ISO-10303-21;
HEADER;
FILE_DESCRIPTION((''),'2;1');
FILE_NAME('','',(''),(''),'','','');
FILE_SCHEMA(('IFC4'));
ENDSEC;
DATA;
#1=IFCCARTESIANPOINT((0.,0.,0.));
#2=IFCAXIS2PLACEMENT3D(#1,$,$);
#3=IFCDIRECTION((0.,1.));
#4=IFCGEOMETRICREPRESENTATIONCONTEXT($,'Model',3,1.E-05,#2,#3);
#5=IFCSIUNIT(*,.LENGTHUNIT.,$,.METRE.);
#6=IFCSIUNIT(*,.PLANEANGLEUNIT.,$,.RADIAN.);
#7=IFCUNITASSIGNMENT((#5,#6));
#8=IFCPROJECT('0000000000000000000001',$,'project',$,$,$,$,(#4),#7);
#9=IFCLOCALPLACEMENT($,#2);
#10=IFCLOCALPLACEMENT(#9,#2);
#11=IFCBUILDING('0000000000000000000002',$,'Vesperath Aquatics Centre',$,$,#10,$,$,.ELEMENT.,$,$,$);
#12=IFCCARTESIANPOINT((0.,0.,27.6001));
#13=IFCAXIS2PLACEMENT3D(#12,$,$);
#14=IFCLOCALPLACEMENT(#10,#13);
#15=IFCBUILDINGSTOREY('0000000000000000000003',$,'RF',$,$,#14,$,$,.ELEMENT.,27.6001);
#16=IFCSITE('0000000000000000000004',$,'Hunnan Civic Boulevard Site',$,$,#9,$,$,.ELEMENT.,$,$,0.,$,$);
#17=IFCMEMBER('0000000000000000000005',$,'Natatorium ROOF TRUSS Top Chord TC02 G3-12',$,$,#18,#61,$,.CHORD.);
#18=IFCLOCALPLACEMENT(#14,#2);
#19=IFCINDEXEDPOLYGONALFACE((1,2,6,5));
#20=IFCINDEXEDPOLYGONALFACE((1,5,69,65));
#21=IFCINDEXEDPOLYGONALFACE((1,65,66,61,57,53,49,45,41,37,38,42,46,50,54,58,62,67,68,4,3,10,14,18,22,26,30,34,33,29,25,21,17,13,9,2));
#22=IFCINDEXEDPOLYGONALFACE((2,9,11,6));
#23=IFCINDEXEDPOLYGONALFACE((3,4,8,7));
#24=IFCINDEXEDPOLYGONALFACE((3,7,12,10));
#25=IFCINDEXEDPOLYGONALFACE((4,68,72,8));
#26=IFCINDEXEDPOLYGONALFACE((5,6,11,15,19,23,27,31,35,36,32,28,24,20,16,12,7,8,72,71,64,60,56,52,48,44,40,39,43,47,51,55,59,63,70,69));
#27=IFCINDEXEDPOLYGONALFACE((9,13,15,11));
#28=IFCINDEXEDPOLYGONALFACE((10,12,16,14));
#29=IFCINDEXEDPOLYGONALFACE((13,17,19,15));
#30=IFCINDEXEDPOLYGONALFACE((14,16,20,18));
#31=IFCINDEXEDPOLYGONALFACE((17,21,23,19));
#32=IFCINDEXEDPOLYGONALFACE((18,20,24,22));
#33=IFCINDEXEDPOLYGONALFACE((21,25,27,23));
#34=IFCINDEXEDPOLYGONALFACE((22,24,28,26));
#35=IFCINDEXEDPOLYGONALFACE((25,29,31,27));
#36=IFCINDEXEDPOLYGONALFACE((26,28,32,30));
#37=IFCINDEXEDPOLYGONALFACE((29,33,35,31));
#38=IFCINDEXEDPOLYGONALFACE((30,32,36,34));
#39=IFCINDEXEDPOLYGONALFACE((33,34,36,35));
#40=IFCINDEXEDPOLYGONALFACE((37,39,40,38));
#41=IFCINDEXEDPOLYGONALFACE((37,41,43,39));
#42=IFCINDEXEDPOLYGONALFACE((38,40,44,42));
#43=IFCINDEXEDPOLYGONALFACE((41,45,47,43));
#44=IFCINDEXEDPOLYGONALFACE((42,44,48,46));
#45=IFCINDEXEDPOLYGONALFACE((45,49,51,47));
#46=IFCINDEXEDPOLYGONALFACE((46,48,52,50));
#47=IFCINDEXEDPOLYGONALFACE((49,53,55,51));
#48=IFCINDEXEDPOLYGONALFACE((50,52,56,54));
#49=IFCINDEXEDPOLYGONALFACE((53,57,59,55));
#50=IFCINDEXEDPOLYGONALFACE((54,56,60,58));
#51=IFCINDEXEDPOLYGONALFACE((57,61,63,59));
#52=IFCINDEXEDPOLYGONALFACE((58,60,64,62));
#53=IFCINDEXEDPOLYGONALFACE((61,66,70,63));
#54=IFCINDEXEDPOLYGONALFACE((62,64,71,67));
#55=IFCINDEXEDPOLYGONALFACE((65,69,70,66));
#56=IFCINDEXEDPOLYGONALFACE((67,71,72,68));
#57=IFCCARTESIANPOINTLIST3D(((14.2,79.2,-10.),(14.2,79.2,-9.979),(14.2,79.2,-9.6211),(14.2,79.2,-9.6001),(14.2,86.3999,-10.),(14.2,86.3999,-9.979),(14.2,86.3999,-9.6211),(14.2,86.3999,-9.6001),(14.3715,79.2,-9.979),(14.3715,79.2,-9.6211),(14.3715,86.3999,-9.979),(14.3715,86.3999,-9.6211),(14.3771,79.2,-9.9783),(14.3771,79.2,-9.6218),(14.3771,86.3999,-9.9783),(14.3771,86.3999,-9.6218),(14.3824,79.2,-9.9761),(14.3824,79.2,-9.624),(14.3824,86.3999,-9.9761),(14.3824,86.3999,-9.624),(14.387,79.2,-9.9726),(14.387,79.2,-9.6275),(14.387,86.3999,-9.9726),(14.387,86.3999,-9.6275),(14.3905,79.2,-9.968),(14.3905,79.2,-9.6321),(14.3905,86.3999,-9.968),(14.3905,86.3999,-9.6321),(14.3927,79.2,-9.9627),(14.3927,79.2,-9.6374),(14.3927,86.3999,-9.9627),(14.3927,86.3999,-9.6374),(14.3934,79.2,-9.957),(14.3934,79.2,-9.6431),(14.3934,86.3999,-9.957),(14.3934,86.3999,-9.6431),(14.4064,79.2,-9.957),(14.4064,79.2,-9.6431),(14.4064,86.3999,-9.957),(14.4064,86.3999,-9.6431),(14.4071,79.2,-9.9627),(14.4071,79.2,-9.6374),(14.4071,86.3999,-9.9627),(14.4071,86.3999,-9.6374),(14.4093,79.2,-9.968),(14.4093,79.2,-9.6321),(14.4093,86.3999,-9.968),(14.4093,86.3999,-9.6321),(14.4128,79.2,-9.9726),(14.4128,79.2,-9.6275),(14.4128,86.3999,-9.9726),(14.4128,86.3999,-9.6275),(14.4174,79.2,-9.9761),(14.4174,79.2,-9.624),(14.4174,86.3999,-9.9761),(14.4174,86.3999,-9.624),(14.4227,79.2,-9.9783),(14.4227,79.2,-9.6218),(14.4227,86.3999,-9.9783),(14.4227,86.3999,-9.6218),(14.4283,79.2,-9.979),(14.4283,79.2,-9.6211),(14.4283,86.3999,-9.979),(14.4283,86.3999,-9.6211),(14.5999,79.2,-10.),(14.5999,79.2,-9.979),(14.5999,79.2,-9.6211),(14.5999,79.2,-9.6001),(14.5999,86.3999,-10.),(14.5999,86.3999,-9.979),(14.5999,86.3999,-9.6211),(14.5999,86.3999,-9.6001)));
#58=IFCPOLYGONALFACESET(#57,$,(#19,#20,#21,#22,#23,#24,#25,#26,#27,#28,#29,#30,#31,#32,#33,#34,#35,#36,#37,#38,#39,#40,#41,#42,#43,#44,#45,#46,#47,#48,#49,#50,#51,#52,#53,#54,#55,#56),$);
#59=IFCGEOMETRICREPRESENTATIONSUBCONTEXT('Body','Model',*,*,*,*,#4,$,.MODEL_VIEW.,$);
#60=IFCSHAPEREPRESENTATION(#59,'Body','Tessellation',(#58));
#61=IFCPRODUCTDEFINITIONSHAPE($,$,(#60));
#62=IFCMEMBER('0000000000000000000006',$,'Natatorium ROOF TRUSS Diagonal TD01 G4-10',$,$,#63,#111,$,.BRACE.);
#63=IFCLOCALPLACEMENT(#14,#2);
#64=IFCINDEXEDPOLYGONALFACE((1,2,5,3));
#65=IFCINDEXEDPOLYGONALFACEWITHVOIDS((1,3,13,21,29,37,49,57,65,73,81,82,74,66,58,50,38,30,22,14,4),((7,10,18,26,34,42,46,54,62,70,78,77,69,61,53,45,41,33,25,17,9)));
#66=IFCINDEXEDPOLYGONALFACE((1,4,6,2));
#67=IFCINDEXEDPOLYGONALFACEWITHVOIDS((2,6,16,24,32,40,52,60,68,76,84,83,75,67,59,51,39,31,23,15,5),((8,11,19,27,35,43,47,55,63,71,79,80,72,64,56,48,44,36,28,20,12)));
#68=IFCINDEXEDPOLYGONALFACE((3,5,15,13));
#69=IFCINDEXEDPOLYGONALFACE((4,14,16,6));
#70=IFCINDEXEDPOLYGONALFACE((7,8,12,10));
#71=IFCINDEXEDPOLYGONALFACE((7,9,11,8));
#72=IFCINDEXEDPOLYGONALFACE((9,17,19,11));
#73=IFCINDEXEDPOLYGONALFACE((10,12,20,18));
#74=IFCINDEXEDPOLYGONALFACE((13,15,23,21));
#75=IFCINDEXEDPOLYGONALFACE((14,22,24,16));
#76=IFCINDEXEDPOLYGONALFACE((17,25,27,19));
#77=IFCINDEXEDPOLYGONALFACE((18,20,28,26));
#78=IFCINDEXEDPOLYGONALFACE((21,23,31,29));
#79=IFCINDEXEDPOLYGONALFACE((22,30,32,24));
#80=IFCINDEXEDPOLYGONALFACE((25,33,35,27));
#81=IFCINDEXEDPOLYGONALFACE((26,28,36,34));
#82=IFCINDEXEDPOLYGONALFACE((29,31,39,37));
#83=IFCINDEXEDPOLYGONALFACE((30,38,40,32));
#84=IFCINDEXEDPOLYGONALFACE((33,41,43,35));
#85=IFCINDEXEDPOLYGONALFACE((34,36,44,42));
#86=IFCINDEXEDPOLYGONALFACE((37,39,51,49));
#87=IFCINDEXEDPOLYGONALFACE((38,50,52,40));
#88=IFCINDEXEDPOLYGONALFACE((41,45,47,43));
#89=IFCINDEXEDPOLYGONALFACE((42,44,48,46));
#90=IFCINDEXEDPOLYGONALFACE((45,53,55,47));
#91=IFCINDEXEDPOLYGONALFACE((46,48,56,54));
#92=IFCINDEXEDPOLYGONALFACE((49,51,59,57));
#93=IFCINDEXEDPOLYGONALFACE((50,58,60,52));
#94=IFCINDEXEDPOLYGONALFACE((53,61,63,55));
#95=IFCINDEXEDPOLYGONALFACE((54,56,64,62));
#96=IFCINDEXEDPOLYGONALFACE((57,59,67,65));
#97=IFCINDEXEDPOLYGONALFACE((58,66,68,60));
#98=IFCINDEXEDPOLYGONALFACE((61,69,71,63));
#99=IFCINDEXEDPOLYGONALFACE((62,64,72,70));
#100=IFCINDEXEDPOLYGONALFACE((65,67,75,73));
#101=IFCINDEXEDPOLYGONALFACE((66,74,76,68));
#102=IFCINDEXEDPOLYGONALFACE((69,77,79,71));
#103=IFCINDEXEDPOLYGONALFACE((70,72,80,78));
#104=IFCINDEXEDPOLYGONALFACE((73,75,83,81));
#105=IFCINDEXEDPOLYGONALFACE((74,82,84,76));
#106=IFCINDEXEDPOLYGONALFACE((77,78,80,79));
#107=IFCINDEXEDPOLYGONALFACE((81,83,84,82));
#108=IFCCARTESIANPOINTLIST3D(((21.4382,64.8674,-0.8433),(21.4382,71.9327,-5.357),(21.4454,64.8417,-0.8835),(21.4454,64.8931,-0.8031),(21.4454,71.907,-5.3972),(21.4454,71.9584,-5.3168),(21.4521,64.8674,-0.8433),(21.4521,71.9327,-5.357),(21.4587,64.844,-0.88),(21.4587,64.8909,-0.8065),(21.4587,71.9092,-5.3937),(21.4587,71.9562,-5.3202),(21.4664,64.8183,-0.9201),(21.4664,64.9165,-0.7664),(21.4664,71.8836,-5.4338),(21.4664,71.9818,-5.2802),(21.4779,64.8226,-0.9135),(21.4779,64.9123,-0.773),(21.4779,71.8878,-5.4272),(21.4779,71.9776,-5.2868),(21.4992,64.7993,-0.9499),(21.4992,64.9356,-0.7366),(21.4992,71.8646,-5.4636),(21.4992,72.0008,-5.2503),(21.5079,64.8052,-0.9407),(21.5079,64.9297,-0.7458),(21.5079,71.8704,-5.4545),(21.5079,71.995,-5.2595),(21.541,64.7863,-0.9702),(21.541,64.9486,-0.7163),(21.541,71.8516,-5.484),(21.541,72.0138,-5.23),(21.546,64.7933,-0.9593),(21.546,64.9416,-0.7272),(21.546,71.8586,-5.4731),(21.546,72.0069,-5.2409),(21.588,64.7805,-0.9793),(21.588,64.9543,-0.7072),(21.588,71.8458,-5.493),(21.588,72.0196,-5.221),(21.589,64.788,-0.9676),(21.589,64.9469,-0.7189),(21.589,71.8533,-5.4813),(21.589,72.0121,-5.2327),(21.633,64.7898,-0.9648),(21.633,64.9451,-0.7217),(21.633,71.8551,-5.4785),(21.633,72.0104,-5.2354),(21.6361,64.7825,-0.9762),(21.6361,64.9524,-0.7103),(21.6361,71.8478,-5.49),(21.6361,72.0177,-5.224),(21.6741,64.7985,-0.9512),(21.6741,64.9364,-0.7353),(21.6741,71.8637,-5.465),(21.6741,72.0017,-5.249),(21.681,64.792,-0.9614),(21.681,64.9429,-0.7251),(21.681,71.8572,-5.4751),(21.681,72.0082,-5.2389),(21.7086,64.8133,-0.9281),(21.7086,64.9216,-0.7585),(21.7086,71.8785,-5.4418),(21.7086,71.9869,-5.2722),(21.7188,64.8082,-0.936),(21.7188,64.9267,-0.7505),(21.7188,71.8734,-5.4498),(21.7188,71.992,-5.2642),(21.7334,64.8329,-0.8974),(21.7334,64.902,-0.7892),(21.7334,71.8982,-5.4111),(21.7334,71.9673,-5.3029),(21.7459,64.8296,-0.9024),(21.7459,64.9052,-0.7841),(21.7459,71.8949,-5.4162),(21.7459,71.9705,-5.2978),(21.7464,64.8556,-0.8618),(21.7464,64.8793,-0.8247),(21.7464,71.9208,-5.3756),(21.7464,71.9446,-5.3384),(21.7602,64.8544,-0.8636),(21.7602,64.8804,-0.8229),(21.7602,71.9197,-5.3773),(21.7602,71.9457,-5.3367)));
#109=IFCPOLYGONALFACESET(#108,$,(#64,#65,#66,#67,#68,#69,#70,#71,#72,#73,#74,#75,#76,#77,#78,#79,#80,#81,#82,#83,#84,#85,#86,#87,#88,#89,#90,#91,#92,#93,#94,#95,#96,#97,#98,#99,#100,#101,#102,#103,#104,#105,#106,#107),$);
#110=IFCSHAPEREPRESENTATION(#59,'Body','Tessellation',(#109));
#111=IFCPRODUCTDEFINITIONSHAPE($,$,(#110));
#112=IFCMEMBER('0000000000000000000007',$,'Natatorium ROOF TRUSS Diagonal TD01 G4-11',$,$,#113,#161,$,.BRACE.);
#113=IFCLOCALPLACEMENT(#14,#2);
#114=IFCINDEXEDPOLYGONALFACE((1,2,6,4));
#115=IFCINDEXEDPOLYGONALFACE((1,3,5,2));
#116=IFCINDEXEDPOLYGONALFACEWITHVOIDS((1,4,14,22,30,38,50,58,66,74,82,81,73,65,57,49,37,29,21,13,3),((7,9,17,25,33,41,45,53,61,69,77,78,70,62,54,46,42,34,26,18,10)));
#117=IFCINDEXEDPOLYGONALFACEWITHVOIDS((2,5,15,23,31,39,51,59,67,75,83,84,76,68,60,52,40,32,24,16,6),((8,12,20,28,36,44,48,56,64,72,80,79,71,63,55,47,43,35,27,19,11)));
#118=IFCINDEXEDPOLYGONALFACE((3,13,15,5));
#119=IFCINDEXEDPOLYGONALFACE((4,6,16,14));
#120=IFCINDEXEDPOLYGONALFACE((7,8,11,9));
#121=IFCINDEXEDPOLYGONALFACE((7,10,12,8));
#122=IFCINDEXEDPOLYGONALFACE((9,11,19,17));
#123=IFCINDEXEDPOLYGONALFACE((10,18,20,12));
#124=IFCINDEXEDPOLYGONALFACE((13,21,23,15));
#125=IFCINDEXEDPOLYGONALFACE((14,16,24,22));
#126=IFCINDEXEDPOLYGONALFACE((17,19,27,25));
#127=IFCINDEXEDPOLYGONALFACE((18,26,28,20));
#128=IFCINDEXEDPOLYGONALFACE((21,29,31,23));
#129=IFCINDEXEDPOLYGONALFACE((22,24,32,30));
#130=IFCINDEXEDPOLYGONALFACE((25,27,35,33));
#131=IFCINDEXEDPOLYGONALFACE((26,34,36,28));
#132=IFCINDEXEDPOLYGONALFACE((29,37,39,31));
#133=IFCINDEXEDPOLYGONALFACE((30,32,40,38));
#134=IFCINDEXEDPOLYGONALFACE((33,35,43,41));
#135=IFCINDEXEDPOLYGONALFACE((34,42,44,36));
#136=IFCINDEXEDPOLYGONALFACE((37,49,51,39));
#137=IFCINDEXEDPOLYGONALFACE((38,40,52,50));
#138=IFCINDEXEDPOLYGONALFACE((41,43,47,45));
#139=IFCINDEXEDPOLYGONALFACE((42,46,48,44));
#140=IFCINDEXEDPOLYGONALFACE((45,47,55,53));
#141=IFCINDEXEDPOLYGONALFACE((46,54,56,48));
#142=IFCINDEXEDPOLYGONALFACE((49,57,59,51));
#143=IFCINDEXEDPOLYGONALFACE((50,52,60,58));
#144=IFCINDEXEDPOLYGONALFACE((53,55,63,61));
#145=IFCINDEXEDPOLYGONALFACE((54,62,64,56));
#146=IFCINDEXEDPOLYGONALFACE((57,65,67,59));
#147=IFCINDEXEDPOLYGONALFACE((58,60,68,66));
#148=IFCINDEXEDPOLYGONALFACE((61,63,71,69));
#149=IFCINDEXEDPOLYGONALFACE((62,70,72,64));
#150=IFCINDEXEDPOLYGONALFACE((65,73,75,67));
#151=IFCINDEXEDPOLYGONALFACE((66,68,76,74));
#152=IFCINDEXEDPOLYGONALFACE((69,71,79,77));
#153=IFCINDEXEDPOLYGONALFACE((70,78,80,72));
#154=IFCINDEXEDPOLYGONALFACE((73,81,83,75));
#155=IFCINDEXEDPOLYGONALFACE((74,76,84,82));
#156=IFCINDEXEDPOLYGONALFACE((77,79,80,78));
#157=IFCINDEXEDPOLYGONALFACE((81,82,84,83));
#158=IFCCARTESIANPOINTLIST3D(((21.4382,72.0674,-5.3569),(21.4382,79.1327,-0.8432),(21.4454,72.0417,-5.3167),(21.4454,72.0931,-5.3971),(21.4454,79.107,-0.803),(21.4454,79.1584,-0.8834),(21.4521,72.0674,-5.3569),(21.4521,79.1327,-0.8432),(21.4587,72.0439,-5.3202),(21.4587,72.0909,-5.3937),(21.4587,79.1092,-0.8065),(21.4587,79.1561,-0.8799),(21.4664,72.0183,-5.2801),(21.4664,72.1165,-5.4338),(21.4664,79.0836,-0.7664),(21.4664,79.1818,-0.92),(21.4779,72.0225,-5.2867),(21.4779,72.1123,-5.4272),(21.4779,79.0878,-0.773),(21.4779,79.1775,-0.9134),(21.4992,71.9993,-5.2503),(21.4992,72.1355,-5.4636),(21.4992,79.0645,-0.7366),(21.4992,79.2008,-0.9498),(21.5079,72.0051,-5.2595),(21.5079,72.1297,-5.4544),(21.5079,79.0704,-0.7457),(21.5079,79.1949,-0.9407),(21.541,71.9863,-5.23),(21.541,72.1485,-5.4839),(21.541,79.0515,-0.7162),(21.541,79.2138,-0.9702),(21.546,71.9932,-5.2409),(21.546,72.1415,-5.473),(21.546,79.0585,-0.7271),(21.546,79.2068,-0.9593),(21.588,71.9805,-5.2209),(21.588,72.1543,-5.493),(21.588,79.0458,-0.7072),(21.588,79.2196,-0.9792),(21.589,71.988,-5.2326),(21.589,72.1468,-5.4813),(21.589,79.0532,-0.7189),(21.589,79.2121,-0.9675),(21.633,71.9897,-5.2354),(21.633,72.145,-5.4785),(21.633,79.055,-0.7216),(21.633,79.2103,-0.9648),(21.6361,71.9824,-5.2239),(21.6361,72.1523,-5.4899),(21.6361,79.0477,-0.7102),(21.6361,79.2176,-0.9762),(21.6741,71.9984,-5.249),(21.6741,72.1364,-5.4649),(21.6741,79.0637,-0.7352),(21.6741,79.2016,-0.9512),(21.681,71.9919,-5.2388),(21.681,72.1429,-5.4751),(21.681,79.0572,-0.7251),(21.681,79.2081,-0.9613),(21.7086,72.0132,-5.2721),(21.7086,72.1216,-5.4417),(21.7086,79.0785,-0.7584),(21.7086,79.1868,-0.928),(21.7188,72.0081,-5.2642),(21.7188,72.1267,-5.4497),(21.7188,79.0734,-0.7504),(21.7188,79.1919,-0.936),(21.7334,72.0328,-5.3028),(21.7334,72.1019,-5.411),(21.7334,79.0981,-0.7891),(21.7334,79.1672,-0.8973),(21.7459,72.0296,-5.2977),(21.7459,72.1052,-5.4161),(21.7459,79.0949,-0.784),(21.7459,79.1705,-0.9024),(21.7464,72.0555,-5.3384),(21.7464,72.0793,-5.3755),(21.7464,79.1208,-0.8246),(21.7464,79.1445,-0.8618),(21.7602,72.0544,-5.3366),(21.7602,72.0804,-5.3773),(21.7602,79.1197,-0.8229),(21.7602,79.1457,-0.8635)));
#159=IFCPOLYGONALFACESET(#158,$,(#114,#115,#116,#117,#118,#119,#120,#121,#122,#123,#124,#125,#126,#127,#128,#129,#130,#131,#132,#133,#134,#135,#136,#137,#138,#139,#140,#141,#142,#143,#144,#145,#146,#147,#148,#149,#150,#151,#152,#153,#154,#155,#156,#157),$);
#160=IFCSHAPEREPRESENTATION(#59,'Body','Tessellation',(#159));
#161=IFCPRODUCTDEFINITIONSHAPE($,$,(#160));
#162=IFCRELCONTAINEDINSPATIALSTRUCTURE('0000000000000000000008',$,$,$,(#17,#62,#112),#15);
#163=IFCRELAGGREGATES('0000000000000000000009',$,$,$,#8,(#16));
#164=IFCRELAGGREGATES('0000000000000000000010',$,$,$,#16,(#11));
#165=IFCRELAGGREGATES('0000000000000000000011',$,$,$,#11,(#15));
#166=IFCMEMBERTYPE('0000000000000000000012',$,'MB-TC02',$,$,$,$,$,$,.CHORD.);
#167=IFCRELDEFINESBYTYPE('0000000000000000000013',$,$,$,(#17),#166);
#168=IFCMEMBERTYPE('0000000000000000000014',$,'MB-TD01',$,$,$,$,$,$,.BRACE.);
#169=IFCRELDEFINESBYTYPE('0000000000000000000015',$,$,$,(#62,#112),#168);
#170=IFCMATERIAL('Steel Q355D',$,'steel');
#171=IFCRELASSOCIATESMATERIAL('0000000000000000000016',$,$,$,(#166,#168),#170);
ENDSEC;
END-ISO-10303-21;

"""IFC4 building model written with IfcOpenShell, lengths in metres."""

from ifc_helpers import new_model, si_unit, direction, frame, origin, origin_2d, place, context, subcontext, project, spatial, hollow_circle, i_section, extrude, material, material_profile, profile_set, type_object, element, save


model = new_model("IFC4")

# Units and contexts
model_context = context("Model", 3, precision=1e-05, world=origin(), true_north=direction((0.0, 1.0)))
body_context = subcontext(model_context, "Body", "Model", "MODEL_VIEW")
ifc_project = project(units=[si_unit("LENGTHUNIT", "METRE"), si_unit("PLANEANGLEUNIT", "RADIAN")], contexts=[model_context])

# Site, building, storey
site_placement = place(None, origin())
site = spatial("IfcSite", under=ifc_project, at=site_placement, Name="Hunnan Civic Boulevard Site", CompositionType="ELEMENT", RefElevation=0.0)
building_placement = place(site_placement, origin())
building = spatial("IfcBuilding", under=site, at=building_placement, Name="Vesperath Aquatics Centre", CompositionType="ELEMENT")
storey_placement = place(building_placement, frame((0.0, 0.0, 27.6001)))
storey = spatial("IfcBuildingStorey", under=building, at=storey_placement, Name="RF", CompositionType="ELEMENT", Elevation=27.6001)

# Members
ifc_material_1 = material(Name="Steel Q355D", Category="steel")
ifc_material_profile_1 = material_profile(ifc_material_1, i_section(OverallWidth=0.3999, OverallDepth=0.3999, WebThickness=0.0129, FlangeThickness=0.021, FilletRadius=0.022, at=origin_2d()), Name="HW 400x400x13x21")
ifc_profile_set_1 = profile_set([ifc_material_profile_1], Name="Steel Q355D")
member_type_1 = type_object("IfcMemberType", Name="MB-TC02", PredefinedType="CHORD", material=ifc_profile_set_1)
member_1_placement = place(storey_placement, frame((14.3999, 79.2, -9.8), z_axis=(0.0, 1.0, 0.0), x_axis=(-1.0, 0.0, 0.0)))
element("IfcMember", 1, at=member_1_placement, inside=storey, type_object=member_type_1, Name="Natatorium ROOF TRUSS Top Chord TC02 G3-12", PredefinedType="CHORD", context=body_context, shape_type="SweptSolid", body=[
    extrude(i_section(OverallWidth=0.3999, OverallDepth=0.3999, WebThickness=0.0129, FlangeThickness=0.021, FilletRadius=0.022, at=origin_2d()), origin(), (0.0, 0.0, 1.0), 7.2),
])
ifc_material_profile_2 = material_profile(ifc_material_1, hollow_circle(Radius=0.1619, WallThickness=0.0139, at=origin_2d()), Name="CHS 323.9x14")
ifc_profile_set_2 = profile_set([ifc_material_profile_2], Name="Steel Q355D")
member_type_2 = type_object("IfcMemberType", Name="MB-TD01", PredefinedType="BRACE", material=ifc_profile_set_2)
for number, where, z_axis, x_axis, name in (
    (2, (21.6001, 64.8674, -0.8433), (0.0, 0.842707, -0.538373), (-1.0, 0.0, 0.0), "Natatorium ROOF TRUSS Diagonal TD01 G4-10"),
    (3, (21.6001, 72.0674, -5.3569), (0.0, 0.842707, 0.538373), (-1.0, 0.0, 0.0), "Natatorium ROOF TRUSS Diagonal TD01 G4-11"),
):
    element("IfcMember", number, at=place(storey_placement, frame(where, z_axis=z_axis, x_axis=x_axis)), inside=storey, type_object=member_type_2, Name=name, PredefinedType="BRACE", context=body_context, shape_type="SweptSolid", body=[
        extrude(hollow_circle(Radius=0.1619, WallThickness=0.0139, at=origin_2d()), origin(), (0.0, 0.0, 1.0), 8.384),
    ])

save(model, "model.ifc")
